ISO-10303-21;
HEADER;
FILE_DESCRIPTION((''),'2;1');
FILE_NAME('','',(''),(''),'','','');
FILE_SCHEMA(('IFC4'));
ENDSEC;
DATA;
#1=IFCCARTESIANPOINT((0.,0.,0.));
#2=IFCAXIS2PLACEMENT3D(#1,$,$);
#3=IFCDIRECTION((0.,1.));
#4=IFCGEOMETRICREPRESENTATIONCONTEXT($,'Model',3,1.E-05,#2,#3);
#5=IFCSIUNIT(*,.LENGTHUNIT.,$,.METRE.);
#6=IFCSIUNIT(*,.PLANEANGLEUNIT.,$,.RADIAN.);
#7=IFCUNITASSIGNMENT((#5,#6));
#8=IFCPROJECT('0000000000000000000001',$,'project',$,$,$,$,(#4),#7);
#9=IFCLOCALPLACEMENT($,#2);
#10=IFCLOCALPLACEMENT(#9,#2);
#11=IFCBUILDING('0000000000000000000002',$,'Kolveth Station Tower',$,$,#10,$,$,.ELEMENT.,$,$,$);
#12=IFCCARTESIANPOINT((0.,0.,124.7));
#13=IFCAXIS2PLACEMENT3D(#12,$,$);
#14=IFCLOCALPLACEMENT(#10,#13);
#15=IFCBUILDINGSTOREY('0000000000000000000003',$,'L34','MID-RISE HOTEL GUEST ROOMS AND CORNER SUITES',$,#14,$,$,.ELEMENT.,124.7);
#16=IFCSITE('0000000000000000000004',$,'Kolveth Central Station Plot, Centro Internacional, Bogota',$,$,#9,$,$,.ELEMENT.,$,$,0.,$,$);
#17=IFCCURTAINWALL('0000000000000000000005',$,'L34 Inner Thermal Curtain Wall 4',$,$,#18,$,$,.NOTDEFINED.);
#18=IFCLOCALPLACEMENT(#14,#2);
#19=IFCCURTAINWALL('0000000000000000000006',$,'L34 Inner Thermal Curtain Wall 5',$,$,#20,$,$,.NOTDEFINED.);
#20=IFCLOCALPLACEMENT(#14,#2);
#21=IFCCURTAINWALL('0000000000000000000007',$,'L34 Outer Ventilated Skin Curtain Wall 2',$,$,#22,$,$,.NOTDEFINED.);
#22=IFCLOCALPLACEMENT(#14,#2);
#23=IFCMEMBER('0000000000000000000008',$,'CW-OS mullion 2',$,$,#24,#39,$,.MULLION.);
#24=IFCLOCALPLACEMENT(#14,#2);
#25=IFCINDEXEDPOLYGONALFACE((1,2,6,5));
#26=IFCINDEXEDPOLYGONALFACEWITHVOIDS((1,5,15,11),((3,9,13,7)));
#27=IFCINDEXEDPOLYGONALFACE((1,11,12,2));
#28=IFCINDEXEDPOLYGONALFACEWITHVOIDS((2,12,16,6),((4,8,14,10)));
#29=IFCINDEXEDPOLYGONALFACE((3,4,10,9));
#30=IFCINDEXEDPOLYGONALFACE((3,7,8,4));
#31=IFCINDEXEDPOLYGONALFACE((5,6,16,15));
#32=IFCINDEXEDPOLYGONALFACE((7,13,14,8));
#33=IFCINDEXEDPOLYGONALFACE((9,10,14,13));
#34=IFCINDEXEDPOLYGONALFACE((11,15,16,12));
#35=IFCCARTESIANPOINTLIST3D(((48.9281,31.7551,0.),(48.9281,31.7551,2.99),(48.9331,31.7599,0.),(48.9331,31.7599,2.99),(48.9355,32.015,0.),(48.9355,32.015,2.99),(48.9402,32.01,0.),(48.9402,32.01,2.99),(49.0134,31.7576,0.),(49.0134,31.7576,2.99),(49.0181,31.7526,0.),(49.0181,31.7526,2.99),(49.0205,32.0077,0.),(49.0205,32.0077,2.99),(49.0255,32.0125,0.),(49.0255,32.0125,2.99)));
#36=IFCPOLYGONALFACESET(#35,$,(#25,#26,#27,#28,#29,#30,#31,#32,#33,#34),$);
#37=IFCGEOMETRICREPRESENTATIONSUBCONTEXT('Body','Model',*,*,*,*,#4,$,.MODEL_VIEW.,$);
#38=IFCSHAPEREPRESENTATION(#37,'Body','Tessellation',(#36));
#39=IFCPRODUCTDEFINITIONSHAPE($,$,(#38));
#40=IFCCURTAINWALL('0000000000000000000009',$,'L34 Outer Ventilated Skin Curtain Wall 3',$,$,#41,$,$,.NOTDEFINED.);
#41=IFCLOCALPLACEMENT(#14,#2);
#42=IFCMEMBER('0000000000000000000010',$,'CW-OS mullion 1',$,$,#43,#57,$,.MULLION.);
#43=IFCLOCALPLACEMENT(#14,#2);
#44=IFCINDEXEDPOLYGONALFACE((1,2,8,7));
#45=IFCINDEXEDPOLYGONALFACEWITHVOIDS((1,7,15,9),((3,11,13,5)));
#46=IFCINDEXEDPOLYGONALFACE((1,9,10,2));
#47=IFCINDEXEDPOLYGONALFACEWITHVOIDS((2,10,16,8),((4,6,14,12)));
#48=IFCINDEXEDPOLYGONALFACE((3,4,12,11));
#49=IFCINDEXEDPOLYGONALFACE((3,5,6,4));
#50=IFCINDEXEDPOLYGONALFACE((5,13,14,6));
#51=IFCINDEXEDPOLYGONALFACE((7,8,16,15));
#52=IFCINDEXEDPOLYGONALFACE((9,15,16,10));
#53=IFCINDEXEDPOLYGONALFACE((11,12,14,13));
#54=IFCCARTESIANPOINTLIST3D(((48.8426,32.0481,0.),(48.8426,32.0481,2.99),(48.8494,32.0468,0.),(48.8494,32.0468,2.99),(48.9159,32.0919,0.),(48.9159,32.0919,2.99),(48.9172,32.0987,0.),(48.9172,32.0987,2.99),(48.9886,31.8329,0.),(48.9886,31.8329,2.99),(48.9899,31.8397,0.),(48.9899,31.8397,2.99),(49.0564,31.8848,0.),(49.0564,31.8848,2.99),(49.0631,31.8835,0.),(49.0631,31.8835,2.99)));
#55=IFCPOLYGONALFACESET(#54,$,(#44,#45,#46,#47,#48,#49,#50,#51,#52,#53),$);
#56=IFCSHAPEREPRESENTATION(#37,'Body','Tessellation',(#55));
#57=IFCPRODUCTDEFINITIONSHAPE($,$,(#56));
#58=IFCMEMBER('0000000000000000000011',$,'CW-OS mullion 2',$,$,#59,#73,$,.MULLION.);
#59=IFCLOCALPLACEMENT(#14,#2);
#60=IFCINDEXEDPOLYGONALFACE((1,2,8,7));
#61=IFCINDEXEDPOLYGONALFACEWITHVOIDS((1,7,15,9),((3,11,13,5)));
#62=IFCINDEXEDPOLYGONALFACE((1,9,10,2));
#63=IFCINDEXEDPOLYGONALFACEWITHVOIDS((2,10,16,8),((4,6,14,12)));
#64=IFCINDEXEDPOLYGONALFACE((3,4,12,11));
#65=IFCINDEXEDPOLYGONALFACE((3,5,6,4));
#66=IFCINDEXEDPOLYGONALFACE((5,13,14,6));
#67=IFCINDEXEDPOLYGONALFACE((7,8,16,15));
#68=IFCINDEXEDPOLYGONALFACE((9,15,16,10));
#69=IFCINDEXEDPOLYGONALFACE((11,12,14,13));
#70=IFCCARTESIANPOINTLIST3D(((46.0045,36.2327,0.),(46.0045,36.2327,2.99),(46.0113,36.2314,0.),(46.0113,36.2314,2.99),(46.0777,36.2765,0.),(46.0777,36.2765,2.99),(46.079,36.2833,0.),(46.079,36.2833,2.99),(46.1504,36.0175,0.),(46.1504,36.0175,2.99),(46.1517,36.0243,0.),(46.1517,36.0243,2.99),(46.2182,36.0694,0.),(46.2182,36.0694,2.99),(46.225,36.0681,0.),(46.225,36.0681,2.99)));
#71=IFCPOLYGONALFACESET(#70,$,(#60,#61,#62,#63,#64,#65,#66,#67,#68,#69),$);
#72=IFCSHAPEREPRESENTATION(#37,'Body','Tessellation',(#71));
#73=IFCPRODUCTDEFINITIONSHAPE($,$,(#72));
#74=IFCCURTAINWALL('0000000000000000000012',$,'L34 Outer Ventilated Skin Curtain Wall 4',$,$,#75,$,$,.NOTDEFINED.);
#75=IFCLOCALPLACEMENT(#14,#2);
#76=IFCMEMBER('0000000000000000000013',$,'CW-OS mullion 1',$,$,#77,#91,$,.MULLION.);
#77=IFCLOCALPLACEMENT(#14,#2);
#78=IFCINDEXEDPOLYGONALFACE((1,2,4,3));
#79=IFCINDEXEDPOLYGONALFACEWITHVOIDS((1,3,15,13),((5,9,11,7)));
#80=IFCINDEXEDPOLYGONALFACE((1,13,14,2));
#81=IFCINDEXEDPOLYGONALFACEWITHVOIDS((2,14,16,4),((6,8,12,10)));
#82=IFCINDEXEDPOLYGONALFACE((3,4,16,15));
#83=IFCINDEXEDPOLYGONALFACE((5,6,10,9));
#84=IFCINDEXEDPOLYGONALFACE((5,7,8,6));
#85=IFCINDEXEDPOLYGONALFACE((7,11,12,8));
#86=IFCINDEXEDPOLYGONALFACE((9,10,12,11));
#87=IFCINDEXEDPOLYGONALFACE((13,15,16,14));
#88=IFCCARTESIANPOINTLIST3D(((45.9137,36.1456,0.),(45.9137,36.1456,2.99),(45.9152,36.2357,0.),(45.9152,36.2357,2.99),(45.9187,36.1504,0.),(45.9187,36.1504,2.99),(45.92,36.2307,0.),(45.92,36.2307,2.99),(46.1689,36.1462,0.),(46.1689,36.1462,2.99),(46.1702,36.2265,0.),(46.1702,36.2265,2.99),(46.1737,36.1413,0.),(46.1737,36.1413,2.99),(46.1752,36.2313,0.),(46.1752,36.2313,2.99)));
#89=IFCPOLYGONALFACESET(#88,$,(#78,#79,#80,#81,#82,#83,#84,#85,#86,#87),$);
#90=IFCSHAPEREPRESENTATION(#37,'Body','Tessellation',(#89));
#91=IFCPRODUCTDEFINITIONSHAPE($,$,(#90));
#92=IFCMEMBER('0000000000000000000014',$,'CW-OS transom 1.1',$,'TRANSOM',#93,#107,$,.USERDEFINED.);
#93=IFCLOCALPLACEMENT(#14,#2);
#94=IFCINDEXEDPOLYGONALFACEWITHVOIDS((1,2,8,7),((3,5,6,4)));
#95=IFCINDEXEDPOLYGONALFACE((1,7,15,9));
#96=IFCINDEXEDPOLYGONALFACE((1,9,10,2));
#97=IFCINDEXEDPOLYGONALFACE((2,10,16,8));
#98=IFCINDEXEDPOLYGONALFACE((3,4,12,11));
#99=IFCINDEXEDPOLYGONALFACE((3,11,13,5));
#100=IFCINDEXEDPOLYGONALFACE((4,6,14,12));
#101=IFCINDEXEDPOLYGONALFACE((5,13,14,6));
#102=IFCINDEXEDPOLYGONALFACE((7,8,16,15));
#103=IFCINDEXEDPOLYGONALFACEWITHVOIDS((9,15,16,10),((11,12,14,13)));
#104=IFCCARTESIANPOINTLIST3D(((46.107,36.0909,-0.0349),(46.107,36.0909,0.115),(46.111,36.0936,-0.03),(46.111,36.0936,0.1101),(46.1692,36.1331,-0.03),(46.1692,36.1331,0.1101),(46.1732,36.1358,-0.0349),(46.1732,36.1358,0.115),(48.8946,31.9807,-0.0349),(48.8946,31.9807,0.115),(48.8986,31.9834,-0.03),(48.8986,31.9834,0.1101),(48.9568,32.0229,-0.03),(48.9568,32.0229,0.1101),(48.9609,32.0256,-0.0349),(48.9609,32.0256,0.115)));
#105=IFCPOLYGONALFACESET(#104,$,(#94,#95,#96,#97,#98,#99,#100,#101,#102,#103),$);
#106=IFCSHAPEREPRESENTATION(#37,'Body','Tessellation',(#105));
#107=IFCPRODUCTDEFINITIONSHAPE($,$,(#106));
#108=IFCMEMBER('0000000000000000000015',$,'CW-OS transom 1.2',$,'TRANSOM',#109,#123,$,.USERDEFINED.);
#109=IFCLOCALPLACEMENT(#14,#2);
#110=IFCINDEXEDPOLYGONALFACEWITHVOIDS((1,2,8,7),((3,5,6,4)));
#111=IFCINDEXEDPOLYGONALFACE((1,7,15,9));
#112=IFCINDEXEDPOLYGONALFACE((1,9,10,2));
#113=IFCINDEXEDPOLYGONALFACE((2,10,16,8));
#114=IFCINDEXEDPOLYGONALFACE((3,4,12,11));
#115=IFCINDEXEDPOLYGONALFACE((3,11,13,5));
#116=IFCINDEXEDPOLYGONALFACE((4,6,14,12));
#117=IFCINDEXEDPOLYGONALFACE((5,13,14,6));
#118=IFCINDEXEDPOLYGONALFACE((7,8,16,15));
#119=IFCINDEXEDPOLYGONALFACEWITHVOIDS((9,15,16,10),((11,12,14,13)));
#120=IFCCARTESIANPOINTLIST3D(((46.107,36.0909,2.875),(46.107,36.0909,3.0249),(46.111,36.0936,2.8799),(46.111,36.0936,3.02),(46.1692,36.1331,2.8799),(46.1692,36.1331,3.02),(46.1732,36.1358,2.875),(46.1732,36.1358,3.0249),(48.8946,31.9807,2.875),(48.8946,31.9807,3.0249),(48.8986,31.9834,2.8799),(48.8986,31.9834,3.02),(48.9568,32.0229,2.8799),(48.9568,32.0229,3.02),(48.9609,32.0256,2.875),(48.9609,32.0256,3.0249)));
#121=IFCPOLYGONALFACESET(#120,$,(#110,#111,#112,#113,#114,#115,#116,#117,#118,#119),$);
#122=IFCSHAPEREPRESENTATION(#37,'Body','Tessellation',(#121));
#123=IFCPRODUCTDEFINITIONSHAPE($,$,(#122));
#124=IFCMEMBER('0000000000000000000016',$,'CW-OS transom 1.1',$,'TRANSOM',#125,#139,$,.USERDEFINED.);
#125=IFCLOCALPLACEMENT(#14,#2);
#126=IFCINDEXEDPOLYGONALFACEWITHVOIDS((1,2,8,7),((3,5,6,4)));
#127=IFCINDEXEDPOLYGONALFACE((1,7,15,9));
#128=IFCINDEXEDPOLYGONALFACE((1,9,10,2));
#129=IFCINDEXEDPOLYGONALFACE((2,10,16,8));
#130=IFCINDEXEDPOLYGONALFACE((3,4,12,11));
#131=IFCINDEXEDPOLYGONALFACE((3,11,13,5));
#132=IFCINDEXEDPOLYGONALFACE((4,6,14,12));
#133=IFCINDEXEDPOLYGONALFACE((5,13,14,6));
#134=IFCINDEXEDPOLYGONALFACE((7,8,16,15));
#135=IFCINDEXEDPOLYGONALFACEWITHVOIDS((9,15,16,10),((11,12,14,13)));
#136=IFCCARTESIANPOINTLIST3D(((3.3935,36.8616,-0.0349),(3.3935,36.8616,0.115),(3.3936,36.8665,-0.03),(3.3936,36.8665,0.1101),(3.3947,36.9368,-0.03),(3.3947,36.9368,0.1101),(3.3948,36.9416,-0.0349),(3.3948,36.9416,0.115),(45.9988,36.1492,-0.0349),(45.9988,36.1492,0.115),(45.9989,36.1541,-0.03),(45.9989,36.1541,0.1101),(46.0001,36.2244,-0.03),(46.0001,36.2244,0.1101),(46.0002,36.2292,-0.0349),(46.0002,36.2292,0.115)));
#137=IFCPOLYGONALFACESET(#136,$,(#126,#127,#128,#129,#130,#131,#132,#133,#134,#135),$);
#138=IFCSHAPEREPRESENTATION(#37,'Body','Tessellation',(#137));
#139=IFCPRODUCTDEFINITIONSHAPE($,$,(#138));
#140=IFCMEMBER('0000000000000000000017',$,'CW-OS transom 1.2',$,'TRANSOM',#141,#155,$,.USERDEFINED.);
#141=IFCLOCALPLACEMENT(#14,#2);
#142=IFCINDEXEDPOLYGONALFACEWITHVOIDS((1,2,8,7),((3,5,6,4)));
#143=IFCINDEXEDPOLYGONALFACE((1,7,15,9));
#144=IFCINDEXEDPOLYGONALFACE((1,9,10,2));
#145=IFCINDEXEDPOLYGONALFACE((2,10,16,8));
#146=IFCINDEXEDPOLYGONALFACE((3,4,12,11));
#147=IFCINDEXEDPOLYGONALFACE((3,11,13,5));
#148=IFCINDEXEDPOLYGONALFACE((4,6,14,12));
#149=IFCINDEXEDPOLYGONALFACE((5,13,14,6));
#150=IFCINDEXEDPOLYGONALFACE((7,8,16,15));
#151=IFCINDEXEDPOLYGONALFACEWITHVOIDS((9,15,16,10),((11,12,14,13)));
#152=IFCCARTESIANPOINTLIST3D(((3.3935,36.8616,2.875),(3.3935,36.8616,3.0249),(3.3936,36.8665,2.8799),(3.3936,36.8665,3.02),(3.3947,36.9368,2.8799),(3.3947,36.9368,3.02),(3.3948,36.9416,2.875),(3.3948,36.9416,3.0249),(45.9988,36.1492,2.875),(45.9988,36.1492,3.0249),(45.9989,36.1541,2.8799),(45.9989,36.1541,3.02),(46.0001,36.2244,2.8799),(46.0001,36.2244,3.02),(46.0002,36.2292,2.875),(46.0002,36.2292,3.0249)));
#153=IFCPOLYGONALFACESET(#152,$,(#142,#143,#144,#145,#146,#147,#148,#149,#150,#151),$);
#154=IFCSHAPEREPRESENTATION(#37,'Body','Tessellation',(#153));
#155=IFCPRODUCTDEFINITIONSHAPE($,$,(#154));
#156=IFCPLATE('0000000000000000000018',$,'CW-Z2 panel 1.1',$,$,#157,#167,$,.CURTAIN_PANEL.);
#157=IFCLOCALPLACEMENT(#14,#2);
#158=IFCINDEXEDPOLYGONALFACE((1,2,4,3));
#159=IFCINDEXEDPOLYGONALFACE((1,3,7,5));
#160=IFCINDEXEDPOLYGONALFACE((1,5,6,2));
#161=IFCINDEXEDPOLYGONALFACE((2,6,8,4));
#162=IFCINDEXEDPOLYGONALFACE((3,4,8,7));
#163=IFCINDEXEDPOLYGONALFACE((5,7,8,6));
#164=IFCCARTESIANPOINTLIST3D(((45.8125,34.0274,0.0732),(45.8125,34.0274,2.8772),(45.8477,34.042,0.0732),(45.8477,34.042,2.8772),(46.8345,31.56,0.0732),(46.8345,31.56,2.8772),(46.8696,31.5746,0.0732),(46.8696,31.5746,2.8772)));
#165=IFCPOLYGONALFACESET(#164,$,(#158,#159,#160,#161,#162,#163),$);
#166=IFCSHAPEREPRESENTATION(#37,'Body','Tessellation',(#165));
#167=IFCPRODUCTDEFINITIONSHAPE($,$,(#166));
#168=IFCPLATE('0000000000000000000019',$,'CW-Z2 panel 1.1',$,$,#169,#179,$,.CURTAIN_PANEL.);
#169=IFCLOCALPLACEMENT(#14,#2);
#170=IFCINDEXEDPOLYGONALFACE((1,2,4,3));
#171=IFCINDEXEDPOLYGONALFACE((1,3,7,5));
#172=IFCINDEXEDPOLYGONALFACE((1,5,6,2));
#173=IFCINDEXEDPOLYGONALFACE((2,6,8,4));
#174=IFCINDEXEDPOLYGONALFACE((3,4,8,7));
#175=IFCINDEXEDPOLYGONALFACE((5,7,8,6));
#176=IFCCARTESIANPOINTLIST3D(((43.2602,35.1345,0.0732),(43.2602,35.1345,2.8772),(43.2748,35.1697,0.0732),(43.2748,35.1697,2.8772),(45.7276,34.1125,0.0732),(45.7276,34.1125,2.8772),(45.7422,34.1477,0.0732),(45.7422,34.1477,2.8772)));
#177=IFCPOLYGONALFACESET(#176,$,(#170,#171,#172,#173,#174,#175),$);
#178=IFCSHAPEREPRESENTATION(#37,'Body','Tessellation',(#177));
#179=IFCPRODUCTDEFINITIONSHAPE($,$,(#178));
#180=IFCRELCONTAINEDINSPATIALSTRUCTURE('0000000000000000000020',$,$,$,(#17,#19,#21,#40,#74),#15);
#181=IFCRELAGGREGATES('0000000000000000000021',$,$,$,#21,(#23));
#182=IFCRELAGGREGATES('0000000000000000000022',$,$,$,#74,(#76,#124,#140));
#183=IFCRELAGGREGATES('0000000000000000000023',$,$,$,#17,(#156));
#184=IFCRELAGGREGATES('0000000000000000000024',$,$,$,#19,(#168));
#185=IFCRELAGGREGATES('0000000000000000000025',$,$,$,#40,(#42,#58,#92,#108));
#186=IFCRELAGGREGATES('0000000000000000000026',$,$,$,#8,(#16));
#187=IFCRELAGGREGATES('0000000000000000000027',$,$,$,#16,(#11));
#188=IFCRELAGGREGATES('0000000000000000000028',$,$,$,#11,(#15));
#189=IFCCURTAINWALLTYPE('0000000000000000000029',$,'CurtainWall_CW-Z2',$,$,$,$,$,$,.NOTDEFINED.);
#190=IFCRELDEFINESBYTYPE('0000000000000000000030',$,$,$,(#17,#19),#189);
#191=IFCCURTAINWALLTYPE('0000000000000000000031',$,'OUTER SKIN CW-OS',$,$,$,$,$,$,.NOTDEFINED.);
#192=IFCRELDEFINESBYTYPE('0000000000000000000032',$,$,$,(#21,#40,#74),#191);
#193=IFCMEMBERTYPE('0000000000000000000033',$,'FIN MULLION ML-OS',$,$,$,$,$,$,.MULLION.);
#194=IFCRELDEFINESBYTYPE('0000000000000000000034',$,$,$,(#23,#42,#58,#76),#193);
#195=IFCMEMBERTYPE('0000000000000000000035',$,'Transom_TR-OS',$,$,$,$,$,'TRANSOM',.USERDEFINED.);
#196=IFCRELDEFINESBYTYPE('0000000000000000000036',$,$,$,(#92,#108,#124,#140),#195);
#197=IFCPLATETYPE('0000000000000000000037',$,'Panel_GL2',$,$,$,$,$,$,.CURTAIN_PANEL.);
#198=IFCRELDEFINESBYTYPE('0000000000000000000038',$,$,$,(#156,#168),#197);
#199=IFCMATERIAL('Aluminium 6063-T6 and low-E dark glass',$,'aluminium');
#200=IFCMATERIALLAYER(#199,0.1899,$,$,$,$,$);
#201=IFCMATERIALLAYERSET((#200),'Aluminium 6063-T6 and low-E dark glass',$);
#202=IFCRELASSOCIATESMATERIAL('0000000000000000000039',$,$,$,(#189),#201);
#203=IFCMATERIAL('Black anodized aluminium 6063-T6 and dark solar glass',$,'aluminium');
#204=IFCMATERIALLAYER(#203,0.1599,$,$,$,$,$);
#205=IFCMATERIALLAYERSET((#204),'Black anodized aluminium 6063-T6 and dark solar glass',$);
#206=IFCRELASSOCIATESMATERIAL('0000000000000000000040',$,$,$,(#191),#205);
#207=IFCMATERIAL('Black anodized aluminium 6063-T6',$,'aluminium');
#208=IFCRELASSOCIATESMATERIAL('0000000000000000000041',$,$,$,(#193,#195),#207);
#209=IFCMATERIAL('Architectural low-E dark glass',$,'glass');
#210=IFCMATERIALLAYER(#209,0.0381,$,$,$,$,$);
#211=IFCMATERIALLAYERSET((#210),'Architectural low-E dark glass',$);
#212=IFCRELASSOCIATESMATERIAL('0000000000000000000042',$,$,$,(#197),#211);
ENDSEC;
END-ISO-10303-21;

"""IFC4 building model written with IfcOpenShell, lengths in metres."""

from ifc_helpers import new_model, si_unit, direction, frame, origin, origin_2d, place, context, subcontext, project, spatial, rectangle, hollow_rectangle, extrude, source, transform, mapped, material, layer, layer_set, material_profile, profile_set, type_object, element, aggregate, save


model = new_model("IFC4")

# Units and contexts
model_context = context("Model", 3, precision=1e-05, world=origin(), true_north=direction((0.0, 1.0)))
body_context = subcontext(model_context, "Body", "Model", "MODEL_VIEW")
ifc_project = project(units=[si_unit("LENGTHUNIT", "METRE"), si_unit("PLANEANGLEUNIT", "RADIAN")], contexts=[model_context])

# Site, building, storey
site_placement = place(None, origin())
site = spatial("IfcSite", under=ifc_project, at=site_placement, Name="Kolveth Central Station Plot, Centro Internacional, Bogota", CompositionType="ELEMENT", RefElevation=0.0)
building_placement = place(site_placement, origin())
building = spatial("IfcBuilding", under=site, at=building_placement, Name="Kolveth Station Tower", CompositionType="ELEMENT")
storey_placement = place(building_placement, frame((0.0, 0.0, 124.7)))
storey = spatial("IfcBuildingStorey", under=building, at=storey_placement, Name="L34", Description="MID-RISE HOTEL GUEST ROOMS AND CORNER SUITES", CompositionType="ELEMENT", Elevation=124.7)

# Curtain wall
ifc_material_1 = material(Name="Aluminium 6063-T6 and low-E dark glass", Category="aluminium")
ifc_layer_1 = layer(ifc_material_1, 0.1899)
ifc_layer_set_1 = layer_set([ifc_layer_1], Name="Aluminium 6063-T6 and low-E dark glass")
curtain_wall_type_1 = type_object("IfcCurtainWallType", Name="CurtainWall_CW-Z2", PredefinedType="NOTDEFINED", material=ifc_layer_set_1)
curtain_wall_1_placement = place(storey_placement, origin())
curtain_wall_1 = element("IfcCurtainWall", 1, at=curtain_wall_1_placement, inside=storey, type_object=curtain_wall_type_1, Name="L34 Inner Thermal Curtain Wall 4", PredefinedType="NOTDEFINED")
ifc_material_2 = material(Name="Black anodized aluminium 6063-T6", Category="aluminium")

# Curtain wall
curtain_wall_2_placement = place(storey_placement, origin())
curtain_wall_2 = element("IfcCurtainWall", 2, at=curtain_wall_2_placement, inside=storey, type_object=curtain_wall_type_1, Name="L34 Inner Thermal Curtain Wall 5", PredefinedType="NOTDEFINED")

# Curtain wall, member
ifc_material_3 = material(Name="Black anodized aluminium 6063-T6 and dark solar glass", Category="aluminium")
ifc_layer_2 = layer(ifc_material_3, 0.1599)
ifc_layer_set_2 = layer_set([ifc_layer_2], Name="Black anodized aluminium 6063-T6 and dark solar glass")
curtain_wall_type_2 = type_object("IfcCurtainWallType", Name="OUTER SKIN CW-OS", PredefinedType="NOTDEFINED", material=ifc_layer_set_2)
curtain_wall_3_placement = place(storey_placement, origin())
curtain_wall_3 = element("IfcCurtainWall", 3, at=curtain_wall_3_placement, inside=storey, type_object=curtain_wall_type_2, Name="L34 Outer Ventilated Skin Curtain Wall 2", PredefinedType="NOTDEFINED")
ifc_material_profile_1 = material_profile(ifc_material_2, hollow_rectangle(XDim=0.0901, YDim=0.26, WallThickness=0.0049, at=origin_2d()), Name="ALU-90x260x5")
ifc_profile_set_1 = profile_set([ifc_material_profile_1], Name="Black anodized aluminium 6063-T6")
member_type_1 = type_object("IfcMemberType", Name="FIN MULLION ML-OS", PredefinedType="MULLION", material=ifc_profile_set_1)
shared_shape_1 = source(origin(), body_context, "Body", "SweptSolid", [
    extrude(hollow_rectangle(XDim=0.0901, YDim=0.26, WallThickness=0.0049, at=origin_2d()), origin(), (0.0, 0.0, 1.0), 2.99),
])
member_1_placement = place(storey_placement, frame((48.9768, 31.8838, 0.0), z_axis=(0.0, 0.0, 1.0), x_axis=(-0.999597, 0.028384, 0.0)))
member_1 = element("IfcMember", 4, at=member_1_placement, type_object=member_type_1, Name="CW-OS mullion 2", PredefinedType="MULLION", context=body_context, shape_type="MappedRepresentation", body=[
    mapped(shared_shape_1, transform((0.0, 0.0, 0.0), x_axis=(1.0, 0.0, 0.0), y_axis=(0.0, 1.0, 0.0), z_axis=(0.0, 0.0, 1.0), scale=1.0)),
])
aggregate(curtain_wall_3, [member_1])

# Curtain wall, members
curtain_wall_4_placement = place(storey_placement, origin())
curtain_wall_4 = element("IfcCurtainWall", 5, at=curtain_wall_4_placement, inside=storey, type_object=curtain_wall_type_2, Name="L34 Outer Ventilated Skin Curtain Wall 3", PredefinedType="NOTDEFINED")
member_2_placement = place(storey_placement, frame((48.9529, 31.9658, 0.0), z_axis=(0.0, 0.0, 1.0), x_axis=(-0.827596, -0.561324, 0.0)))
member_2 = element("IfcMember", 6, at=member_2_placement, type_object=member_type_1, Name="CW-OS mullion 1", PredefinedType="MULLION", context=body_context, shape_type="MappedRepresentation", body=[
    mapped(shared_shape_1, transform((0.0, 0.0, 0.0), x_axis=(1.0, 0.0, 0.0), y_axis=(0.0, 1.0, 0.0), z_axis=(0.0, 0.0, 1.0), scale=1.0)),
])
member_3_placement = place(storey_placement, frame((46.1147, 36.1504, 0.0), z_axis=(0.0, 0.0, 1.0), x_axis=(-0.827596, -0.561324, 0.0)))
member_3 = element("IfcMember", 7, at=member_3_placement, type_object=member_type_1, Name="CW-OS mullion 2", PredefinedType="MULLION", context=body_context, shape_type="MappedRepresentation", body=[
    mapped(shared_shape_1, transform((0.0, 0.0, 0.0), x_axis=(1.0, 0.0, 0.0), y_axis=(0.0, 1.0, 0.0), z_axis=(0.0, 0.0, 1.0), scale=1.0)),
])

# Curtain wall, member
curtain_wall_5_placement = place(storey_placement, origin())
curtain_wall_5 = element("IfcCurtainWall", 8, at=curtain_wall_5_placement, inside=storey, type_object=curtain_wall_type_2, Name="L34 Outer Ventilated Skin Curtain Wall 4", PredefinedType="NOTDEFINED")
member_4_placement = place(storey_placement, frame((46.0444, 36.1885, 0.0), z_axis=(0.0, 0.0, 1.0), x_axis=(-0.016716, -0.99986, 0.0)))
member_4 = element("IfcMember", 9, at=member_4_placement, type_object=member_type_1, Name="CW-OS mullion 1", PredefinedType="MULLION", context=body_context, shape_type="MappedRepresentation", body=[
    mapped(shared_shape_1, transform((0.0, 0.0, 0.0), x_axis=(1.0, 0.0, 0.0), y_axis=(0.0, 1.0, 0.0), z_axis=(0.0, 0.0, 1.0), scale=1.0)),
])

# Members
ifc_material_profile_2 = material_profile(ifc_material_2, hollow_rectangle(XDim=0.0801, YDim=0.1499, WallThickness=0.0049, at=origin_2d()), Name="ALU-80x150x5")
ifc_profile_set_2 = profile_set([ifc_material_profile_2], Name="Black anodized aluminium 6063-T6")
member_type_2 = type_object("IfcMemberType", Name="Transom_TR-OS", ElementType="TRANSOM", PredefinedType="USERDEFINED", material=ifc_profile_set_2)
shared_shape_2 = source(origin(), body_context, "Body", "SweptSolid", [
    extrude(hollow_rectangle(XDim=0.0801, YDim=0.1499, WallThickness=0.0049, at=origin_2d()), origin(), (0.0, 0.0, 1.0), 4.9663),
])
member_5_placement = place(storey_placement, frame((48.9277, 32.0032, 0.04), z_axis=(-0.561308, 0.827607, 0.0), x_axis=(-0.827607, -0.561308, 0.0)))
member_5 = element("IfcMember", 10, at=member_5_placement, type_object=member_type_2, Name="CW-OS transom 1.1", ObjectType="TRANSOM", PredefinedType="USERDEFINED", context=body_context, shape_type="MappedRepresentation", body=[
    mapped(shared_shape_2, transform((0.0, 0.0, 0.0), x_axis=(1.0, 0.0, 0.0), y_axis=(0.0, 1.0, 0.0), z_axis=(0.0, 0.0, 1.0), scale=1.0)),
])
member_6_placement = place(storey_placement, frame((48.9277, 32.0032, 2.95), z_axis=(-0.561308, 0.827607, 0.0), x_axis=(-0.827607, -0.561308, 0.0)))
member_6 = element("IfcMember", 11, at=member_6_placement, type_object=member_type_2, Name="CW-OS transom 1.2", ObjectType="TRANSOM", PredefinedType="USERDEFINED", context=body_context, shape_type="MappedRepresentation", body=[
    mapped(shared_shape_2, transform((0.0, 0.0, 0.0), x_axis=(1.0, 0.0, 0.0), y_axis=(0.0, 1.0, 0.0), z_axis=(0.0, 0.0, 1.0), scale=1.0)),
])
shared_shape_3 = source(origin(), body_context, "Body", "SweptSolid", [
    extrude(hollow_rectangle(XDim=0.0801, YDim=0.1499, WallThickness=0.0049, at=origin_2d()), origin(), (0.0, 0.0, 1.0), 42.6113),
])
member_7_placement = place(storey_placement, frame((45.9995, 36.1892, 0.04), z_axis=(-0.99986, 0.016719, 0.0), x_axis=(-0.016719, -0.99986, 0.0)))
member_7 = element("IfcMember", 12, at=member_7_placement, type_object=member_type_2, Name="CW-OS transom 1.1", ObjectType="TRANSOM", PredefinedType="USERDEFINED", context=body_context, shape_type="MappedRepresentation", body=[
    mapped(shared_shape_3, transform((0.0, 0.0, 0.0), x_axis=(1.0, 0.0, 0.0), y_axis=(0.0, 1.0, 0.0), z_axis=(0.0, 0.0, 1.0), scale=1.0)),
])
member_8_placement = place(storey_placement, frame((45.9995, 36.1892, 2.95), z_axis=(-0.99986, 0.016719, 0.0), x_axis=(-0.016719, -0.99986, 0.0)))
member_8 = element("IfcMember", 13, at=member_8_placement, type_object=member_type_2, Name="CW-OS transom 1.2", ObjectType="TRANSOM", PredefinedType="USERDEFINED", context=body_context, shape_type="MappedRepresentation", body=[
    mapped(shared_shape_3, transform((0.0, 0.0, 0.0), x_axis=(1.0, 0.0, 0.0), y_axis=(0.0, 1.0, 0.0), z_axis=(0.0, 0.0, 1.0), scale=1.0)),
])
aggregate(curtain_wall_5, [member_4, member_7, member_8])

# Plates
ifc_material_4 = material(Name="Architectural low-E dark glass", Category="glass")
ifc_layer_3 = layer(ifc_material_4, 0.0381)
ifc_layer_set_3 = layer_set([ifc_layer_3], Name="Architectural low-E dark glass")
plate_type_1 = type_object("IfcPlateType", Name="Panel_GL2", PredefinedType="CURTAIN_PANEL", material=ifc_layer_set_3)
shared_shape_4 = source(origin(), body_context, "Body", "SweptSolid", [
    extrude(rectangle(XDim=2.6707, YDim=0.0381, at=origin_2d()), origin(), (0.0, 0.0, 1.0), 2.804),
])
plate_1_placement = place(storey_placement, frame((46.3411, 32.801, 0.0732), z_axis=(0.0, 0.0, 1.0), x_axis=(-0.382663, 0.923888, 0.0)))
plate_1 = element("IfcPlate", 14, at=plate_1_placement, type_object=plate_type_1, Name="CW-Z2 panel 1.1", PredefinedType="CURTAIN_PANEL", context=body_context, shape_type="MappedRepresentation", body=[
    mapped(shared_shape_4, transform((0.0, 0.0, 0.0), x_axis=(1.0, 0.0, 0.0), y_axis=(0.0, 1.0, 0.0), z_axis=(0.0, 0.0, 1.0), scale=1.0)),
])
aggregate(curtain_wall_1, [plate_1])
plate_2_placement = place(storey_placement, frame((44.5012, 34.6411, 0.0732), z_axis=(0.0, 0.0, 1.0), x_axis=(-0.923888, 0.382663, 0.0)))
plate_2 = element("IfcPlate", 15, at=plate_2_placement, type_object=plate_type_1, Name="CW-Z2 panel 1.1", PredefinedType="CURTAIN_PANEL", context=body_context, shape_type="MappedRepresentation", body=[
    mapped(shared_shape_4, transform((0.0, 0.0, 0.0), x_axis=(1.0, 0.0, 0.0), y_axis=(0.0, 1.0, 0.0), z_axis=(0.0, 0.0, 1.0), scale=1.0)),
])
aggregate(curtain_wall_2, [plate_2])
aggregate(curtain_wall_4, [member_2, member_3, member_5, member_6])

save(model, "model.ifc")
